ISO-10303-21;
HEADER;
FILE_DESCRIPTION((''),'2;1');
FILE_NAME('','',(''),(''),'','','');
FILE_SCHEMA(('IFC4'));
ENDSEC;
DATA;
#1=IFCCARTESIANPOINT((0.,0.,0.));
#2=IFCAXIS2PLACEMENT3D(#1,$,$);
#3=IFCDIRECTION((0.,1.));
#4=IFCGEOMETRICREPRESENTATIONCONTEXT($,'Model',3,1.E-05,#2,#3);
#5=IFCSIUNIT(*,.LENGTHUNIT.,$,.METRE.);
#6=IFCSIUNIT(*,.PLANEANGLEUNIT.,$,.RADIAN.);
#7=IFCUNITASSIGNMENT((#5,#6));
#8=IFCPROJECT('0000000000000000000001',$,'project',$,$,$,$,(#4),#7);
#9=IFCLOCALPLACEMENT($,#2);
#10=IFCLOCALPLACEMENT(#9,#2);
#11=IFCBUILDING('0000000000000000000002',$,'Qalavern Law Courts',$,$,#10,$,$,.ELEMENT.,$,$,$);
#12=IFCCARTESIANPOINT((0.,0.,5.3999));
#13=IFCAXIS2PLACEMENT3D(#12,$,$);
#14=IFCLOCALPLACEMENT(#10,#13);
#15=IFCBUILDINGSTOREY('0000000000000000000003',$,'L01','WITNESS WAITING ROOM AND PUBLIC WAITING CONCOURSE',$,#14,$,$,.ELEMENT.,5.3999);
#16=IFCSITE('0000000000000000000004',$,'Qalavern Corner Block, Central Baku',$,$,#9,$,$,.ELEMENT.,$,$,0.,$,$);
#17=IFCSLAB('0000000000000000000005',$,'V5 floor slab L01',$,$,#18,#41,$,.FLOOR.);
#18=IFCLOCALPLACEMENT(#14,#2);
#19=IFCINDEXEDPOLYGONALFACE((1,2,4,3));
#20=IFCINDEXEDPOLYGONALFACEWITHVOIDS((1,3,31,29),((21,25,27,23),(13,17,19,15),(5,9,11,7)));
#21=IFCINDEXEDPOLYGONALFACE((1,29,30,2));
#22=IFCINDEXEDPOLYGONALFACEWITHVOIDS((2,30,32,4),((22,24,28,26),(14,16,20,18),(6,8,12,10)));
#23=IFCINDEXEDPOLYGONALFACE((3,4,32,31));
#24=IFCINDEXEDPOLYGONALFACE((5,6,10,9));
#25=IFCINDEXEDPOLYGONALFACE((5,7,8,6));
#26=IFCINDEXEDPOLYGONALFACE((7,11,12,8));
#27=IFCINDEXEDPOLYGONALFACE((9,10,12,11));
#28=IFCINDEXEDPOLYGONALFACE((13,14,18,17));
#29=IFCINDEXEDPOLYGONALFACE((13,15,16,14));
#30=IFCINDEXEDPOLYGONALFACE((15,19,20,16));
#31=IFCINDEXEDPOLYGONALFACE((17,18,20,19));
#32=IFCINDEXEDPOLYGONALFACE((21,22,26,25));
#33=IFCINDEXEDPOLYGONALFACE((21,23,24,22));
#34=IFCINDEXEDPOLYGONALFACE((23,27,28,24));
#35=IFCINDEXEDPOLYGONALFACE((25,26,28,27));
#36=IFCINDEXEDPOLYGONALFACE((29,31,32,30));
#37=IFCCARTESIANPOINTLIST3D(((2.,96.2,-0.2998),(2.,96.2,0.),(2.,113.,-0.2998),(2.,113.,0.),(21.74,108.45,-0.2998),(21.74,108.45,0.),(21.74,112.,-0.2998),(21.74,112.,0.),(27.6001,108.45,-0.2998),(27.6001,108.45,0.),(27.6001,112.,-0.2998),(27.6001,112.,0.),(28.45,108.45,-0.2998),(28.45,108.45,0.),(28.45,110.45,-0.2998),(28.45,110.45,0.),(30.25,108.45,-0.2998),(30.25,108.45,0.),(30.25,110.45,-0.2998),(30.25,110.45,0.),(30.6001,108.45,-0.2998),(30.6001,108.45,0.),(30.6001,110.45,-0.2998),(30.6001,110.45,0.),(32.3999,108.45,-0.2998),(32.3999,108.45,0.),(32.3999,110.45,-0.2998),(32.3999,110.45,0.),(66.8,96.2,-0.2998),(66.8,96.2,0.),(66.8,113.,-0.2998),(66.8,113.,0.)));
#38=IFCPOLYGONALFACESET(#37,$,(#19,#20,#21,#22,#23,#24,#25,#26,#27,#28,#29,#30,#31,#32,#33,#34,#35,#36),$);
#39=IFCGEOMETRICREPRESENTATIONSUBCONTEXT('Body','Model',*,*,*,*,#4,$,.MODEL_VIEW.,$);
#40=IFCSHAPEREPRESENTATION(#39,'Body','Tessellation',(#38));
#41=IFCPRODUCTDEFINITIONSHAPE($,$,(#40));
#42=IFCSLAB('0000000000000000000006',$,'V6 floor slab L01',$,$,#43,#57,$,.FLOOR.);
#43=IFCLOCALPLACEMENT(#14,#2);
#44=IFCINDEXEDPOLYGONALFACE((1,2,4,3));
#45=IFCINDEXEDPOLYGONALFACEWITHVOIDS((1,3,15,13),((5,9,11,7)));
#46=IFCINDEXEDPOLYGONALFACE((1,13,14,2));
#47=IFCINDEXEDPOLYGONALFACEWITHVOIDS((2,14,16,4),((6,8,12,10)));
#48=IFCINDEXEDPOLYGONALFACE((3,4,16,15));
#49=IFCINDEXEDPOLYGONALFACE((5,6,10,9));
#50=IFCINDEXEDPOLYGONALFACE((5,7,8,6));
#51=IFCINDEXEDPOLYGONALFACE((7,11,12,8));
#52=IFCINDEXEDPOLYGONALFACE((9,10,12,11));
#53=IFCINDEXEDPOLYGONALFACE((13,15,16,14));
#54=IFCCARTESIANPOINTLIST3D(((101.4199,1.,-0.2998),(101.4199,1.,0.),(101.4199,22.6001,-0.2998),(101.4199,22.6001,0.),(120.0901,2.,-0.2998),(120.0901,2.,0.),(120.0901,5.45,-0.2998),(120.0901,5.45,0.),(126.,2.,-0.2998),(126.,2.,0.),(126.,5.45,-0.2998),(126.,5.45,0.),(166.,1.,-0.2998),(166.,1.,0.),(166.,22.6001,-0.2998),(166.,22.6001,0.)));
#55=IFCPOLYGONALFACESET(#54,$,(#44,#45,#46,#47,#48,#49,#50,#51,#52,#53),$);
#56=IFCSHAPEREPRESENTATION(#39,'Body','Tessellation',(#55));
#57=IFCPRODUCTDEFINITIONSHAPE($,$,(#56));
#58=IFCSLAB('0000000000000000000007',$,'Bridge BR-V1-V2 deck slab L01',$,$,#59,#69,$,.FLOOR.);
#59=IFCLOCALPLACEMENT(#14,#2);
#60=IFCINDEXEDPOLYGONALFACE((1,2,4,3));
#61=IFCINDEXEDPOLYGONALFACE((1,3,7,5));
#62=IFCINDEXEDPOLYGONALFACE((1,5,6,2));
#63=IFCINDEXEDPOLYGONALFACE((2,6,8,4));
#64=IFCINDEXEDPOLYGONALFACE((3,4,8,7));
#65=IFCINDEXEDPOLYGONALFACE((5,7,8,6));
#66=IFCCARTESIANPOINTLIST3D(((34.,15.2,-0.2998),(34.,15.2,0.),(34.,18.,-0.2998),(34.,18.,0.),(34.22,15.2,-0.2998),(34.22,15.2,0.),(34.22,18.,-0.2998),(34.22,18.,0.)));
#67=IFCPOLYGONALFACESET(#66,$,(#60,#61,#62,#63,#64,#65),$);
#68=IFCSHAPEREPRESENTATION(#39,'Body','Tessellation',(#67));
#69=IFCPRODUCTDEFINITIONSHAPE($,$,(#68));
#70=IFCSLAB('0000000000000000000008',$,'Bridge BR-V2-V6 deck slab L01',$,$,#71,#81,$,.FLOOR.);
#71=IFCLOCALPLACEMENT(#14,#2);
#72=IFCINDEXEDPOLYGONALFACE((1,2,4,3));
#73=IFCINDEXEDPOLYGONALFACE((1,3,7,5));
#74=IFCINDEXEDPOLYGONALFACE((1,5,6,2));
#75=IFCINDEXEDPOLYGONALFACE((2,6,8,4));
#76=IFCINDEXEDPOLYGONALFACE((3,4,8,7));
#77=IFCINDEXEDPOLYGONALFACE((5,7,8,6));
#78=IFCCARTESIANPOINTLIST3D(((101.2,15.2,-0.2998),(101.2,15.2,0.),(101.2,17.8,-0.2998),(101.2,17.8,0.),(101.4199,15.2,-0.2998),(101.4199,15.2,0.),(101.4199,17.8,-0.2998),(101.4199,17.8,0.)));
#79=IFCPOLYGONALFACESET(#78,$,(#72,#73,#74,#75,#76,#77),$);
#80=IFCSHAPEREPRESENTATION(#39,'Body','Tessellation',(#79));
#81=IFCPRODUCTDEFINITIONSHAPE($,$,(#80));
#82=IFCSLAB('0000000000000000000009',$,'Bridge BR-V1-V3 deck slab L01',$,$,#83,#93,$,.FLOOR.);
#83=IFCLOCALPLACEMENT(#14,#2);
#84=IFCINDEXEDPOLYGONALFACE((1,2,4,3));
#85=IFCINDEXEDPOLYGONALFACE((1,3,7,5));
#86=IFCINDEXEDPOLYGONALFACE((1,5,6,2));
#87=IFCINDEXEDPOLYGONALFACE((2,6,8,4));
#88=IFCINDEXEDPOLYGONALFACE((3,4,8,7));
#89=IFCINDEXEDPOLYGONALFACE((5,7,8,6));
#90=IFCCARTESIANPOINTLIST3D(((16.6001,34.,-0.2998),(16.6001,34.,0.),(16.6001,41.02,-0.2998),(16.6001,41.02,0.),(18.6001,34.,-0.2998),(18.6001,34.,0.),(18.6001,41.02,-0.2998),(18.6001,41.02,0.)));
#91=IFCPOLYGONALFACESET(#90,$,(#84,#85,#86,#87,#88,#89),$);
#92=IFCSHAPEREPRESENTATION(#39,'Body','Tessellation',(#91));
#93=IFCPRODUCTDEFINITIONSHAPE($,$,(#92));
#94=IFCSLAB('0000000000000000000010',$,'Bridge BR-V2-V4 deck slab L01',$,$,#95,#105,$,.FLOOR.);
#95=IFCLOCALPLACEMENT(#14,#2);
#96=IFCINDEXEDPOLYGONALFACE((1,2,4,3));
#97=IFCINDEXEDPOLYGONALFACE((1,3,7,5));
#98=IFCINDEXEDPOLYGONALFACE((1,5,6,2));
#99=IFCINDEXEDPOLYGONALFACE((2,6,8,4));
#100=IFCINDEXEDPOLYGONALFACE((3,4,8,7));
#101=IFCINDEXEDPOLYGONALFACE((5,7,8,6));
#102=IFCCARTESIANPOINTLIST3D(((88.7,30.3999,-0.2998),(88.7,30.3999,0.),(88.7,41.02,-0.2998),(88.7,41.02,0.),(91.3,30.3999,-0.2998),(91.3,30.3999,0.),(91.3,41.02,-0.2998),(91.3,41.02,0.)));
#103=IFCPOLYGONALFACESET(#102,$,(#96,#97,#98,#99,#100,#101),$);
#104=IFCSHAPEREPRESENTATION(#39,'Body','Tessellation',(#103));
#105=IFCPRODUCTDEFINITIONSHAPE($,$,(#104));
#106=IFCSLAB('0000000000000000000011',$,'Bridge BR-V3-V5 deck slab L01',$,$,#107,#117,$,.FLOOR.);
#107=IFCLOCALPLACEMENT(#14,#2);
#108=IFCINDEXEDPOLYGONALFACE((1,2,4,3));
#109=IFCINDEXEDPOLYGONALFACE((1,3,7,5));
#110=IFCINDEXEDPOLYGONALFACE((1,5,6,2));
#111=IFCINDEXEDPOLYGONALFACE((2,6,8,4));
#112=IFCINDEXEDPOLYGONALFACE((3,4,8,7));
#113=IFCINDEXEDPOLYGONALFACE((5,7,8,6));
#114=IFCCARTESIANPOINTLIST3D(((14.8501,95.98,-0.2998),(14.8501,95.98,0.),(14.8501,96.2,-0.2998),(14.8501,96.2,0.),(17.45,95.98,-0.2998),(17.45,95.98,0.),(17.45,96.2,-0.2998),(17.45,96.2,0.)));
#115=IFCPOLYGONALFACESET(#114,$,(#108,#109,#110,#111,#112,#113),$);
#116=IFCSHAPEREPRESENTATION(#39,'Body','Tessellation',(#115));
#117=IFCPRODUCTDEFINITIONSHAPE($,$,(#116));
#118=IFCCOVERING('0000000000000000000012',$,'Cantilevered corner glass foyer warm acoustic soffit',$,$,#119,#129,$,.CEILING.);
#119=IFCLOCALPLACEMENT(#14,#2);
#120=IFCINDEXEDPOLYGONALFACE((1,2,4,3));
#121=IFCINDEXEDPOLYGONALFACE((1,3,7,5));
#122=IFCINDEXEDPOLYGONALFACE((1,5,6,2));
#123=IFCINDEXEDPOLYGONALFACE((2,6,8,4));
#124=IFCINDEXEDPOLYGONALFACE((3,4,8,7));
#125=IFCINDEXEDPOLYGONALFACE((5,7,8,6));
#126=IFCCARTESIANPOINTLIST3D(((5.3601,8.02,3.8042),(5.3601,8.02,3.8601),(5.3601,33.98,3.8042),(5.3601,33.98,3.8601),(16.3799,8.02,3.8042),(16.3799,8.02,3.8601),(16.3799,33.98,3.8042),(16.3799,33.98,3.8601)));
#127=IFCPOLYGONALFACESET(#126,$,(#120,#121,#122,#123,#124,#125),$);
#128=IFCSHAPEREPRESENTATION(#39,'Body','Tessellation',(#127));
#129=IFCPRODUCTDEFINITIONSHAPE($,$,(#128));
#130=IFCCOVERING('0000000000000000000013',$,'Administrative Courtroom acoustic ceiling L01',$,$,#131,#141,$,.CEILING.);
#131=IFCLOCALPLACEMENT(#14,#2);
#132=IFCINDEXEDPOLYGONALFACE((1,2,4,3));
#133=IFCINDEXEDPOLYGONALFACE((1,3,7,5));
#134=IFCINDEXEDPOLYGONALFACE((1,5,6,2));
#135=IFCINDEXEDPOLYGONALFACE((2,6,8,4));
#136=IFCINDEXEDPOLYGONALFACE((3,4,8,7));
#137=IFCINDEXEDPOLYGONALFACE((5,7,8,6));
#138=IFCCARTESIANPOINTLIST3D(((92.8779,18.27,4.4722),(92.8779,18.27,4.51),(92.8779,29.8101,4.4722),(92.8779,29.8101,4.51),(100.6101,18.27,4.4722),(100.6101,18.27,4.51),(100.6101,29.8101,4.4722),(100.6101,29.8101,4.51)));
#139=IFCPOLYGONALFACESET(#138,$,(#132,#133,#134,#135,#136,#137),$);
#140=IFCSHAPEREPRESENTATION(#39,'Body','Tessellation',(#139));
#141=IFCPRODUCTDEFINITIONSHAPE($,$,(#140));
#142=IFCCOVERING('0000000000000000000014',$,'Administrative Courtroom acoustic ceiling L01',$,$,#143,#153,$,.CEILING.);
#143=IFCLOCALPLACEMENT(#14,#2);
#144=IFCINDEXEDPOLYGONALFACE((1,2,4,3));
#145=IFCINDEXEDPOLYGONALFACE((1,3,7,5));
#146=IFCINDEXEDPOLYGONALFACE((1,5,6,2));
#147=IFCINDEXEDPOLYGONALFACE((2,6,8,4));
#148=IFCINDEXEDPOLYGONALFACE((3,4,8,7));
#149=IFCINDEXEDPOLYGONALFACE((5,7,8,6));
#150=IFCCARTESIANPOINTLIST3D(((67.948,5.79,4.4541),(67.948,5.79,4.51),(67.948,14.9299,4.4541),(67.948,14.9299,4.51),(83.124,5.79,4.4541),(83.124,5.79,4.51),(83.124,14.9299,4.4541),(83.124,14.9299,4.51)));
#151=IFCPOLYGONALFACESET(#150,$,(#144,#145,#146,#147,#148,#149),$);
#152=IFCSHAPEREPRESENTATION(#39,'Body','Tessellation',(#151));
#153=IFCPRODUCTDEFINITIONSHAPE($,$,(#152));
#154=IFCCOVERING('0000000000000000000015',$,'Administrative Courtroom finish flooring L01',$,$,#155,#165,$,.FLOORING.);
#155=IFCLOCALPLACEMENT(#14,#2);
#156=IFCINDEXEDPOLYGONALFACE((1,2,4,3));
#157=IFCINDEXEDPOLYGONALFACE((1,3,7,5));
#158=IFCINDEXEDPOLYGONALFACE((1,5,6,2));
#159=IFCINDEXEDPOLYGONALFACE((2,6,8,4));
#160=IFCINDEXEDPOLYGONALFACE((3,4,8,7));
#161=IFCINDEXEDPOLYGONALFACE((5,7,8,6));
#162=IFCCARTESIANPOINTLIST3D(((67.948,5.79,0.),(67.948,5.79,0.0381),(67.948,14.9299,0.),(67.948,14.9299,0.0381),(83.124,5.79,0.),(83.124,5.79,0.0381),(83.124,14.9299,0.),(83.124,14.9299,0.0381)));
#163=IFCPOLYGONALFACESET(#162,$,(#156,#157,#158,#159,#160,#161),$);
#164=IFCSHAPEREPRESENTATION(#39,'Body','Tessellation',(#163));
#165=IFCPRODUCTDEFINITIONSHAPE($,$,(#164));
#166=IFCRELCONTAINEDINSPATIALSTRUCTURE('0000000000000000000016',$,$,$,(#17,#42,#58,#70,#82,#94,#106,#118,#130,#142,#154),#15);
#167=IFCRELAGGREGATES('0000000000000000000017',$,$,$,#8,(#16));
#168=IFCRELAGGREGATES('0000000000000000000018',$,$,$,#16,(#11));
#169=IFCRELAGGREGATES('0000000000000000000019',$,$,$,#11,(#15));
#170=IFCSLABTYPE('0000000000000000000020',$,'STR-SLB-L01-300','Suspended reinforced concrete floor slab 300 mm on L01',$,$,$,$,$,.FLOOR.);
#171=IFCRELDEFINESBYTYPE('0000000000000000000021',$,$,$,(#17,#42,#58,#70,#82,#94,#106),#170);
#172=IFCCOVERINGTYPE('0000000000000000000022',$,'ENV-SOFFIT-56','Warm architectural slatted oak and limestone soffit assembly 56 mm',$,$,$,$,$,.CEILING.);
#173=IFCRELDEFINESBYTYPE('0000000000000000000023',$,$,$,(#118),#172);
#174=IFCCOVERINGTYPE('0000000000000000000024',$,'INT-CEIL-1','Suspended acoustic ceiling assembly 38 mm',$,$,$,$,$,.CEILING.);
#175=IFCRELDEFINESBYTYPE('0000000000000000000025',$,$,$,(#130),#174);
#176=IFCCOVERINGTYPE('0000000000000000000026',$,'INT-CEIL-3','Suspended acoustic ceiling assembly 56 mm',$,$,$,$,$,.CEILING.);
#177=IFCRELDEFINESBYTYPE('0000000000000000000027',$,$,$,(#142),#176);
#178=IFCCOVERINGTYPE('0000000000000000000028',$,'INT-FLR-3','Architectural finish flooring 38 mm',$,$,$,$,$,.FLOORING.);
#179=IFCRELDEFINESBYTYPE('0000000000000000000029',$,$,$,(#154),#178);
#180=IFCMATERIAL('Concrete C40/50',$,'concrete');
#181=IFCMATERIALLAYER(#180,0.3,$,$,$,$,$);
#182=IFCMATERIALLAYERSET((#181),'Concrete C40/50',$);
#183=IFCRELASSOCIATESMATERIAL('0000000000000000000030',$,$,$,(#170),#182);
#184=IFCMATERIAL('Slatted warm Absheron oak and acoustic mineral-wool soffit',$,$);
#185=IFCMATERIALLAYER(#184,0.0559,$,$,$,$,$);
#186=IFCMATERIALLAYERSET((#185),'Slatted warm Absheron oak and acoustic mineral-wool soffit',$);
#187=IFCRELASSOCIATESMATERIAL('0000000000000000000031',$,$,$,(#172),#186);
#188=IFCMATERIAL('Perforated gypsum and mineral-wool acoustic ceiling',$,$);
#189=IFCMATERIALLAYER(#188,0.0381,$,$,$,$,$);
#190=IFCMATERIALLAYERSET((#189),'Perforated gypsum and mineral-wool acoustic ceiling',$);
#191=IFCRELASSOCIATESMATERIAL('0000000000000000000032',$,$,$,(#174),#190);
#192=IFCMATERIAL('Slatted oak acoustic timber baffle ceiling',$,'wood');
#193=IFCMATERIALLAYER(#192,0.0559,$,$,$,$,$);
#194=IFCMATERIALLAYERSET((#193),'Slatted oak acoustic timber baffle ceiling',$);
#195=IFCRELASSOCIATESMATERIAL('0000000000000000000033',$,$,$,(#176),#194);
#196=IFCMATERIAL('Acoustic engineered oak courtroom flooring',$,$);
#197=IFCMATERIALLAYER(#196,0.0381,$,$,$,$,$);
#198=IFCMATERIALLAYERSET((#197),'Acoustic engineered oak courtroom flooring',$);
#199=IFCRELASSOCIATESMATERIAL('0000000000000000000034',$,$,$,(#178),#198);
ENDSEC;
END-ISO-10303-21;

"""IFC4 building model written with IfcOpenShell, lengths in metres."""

from ifc_helpers import new_model, si_unit, direction, frame, origin, place, context, subcontext, project, spatial, polyline, outline, extrude, material, layer, layer_set, type_object, element, save


model = new_model("IFC4")

# Units and contexts
model_context = context("Model", 3, precision=1e-05, world=origin(), true_north=direction((0.0, 1.0)))
body_context = subcontext(model_context, "Body", "Model", "MODEL_VIEW")
ifc_project = project(units=[si_unit("LENGTHUNIT", "METRE"), si_unit("PLANEANGLEUNIT", "RADIAN")], contexts=[model_context])

# Site, building, storey
site_placement = place(None, origin())
site = spatial("IfcSite", under=ifc_project, at=site_placement, Name="Qalavern Corner Block, Central Baku", CompositionType="ELEMENT", RefElevation=0.0)
building_placement = place(site_placement, origin())
building = spatial("IfcBuilding", under=site, at=building_placement, Name="Qalavern Law Courts", CompositionType="ELEMENT")
storey_placement = place(building_placement, frame((0.0, 0.0, 5.3999)))
storey = spatial("IfcBuildingStorey", under=building, at=storey_placement, Name="L01", Description="WITNESS WAITING ROOM AND PUBLIC WAITING CONCOURSE", CompositionType="ELEMENT", Elevation=5.3999)

# Slabs
ifc_material_1 = material(Name="Concrete C40/50", Category="concrete")
ifc_layer_1 = layer(ifc_material_1, 0.3)
ifc_layer_set_1 = layer_set([ifc_layer_1], Name="Concrete C40/50")
slab_type_1 = type_object("IfcSlabType", Name="STR-SLB-L01-300", Description="Suspended reinforced concrete floor slab 300 mm on L01", PredefinedType="FLOOR", material=ifc_layer_set_1)
slab_1_placement = place(storey_placement, frame((0.0, 0.0, -0.2998)))
element("IfcSlab", 1, at=slab_1_placement, inside=storey, type_object=slab_type_1, Name="V5 floor slab L01", PredefinedType="FLOOR", context=body_context, shape_type="SweptSolid", body=[
    extrude(outline(polyline([(2.0, 96.2), (66.8, 96.2), (66.8, 113.0), (2.0, 113.0), (2.0, 96.2)]), holes=[polyline([(21.74, 108.45), (27.6001, 108.45), (27.6001, 112.0), (21.74, 112.0), (21.74, 108.45)]), polyline([(28.45, 108.45), (30.25, 108.45), (30.25, 110.45), (28.45, 110.45), (28.45, 108.45)]), polyline([(30.6001, 108.45), (32.3999, 108.45), (32.3999, 110.45), (30.6001, 110.45), (30.6001, 108.45)])]), origin(), (0.0, 0.0, 1.0), 0.2998),
])
slab_2_placement = place(storey_placement, frame((0.0, 0.0, -0.2998)))
element("IfcSlab", 2, at=slab_2_placement, inside=storey, type_object=slab_type_1, Name="V6 floor slab L01", PredefinedType="FLOOR", context=body_context, shape_type="SweptSolid", body=[
    extrude(outline(polyline([(101.4199, 1.0), (166.0, 1.0), (166.0, 22.6001), (101.4199, 22.6001), (101.4199, 1.0)]), holes=[polyline([(120.0901, 2.0), (126.0, 2.0), (126.0, 5.45), (120.0901, 5.45), (120.0901, 2.0)])]), origin(), (0.0, 0.0, 1.0), 0.2998),
])
slab_3_placement = place(storey_placement, frame((0.0, 0.0, -0.2998)))
element("IfcSlab", 3, at=slab_3_placement, inside=storey, type_object=slab_type_1, Name="Bridge BR-V1-V2 deck slab L01", PredefinedType="FLOOR", context=body_context, shape_type="SweptSolid", body=[
    extrude(outline(polyline([(34.0, 15.2), (34.22, 15.2), (34.22, 18.0), (34.0, 18.0), (34.0, 15.2)])), origin(), (0.0, 0.0, 1.0), 0.2998),
])
slab_4_placement = place(storey_placement, frame((0.0, 0.0, -0.2998)))
element("IfcSlab", 4, at=slab_4_placement, inside=storey, type_object=slab_type_1, Name="Bridge BR-V2-V6 deck slab L01", PredefinedType="FLOOR", context=body_context, shape_type="SweptSolid", body=[
    extrude(outline(polyline([(101.2, 15.2), (101.4199, 15.2), (101.4199, 17.8), (101.2, 17.8), (101.2, 15.2)])), origin(), (0.0, 0.0, 1.0), 0.2998),
])
slab_5_placement = place(storey_placement, frame((0.0, 0.0, -0.2998)))
element("IfcSlab", 5, at=slab_5_placement, inside=storey, type_object=slab_type_1, Name="Bridge BR-V1-V3 deck slab L01", PredefinedType="FLOOR", context=body_context, shape_type="SweptSolid", body=[
    extrude(outline(polyline([(16.6001, 34.0), (18.6001, 34.0), (18.6001, 41.02), (16.6001, 41.02), (16.6001, 34.0)])), origin(), (0.0, 0.0, 1.0), 0.2998),
])
slab_6_placement = place(storey_placement, frame((0.0, 0.0, -0.2998)))
element("IfcSlab", 6, at=slab_6_placement, inside=storey, type_object=slab_type_1, Name="Bridge BR-V2-V4 deck slab L01", PredefinedType="FLOOR", context=body_context, shape_type="SweptSolid", body=[
    extrude(outline(polyline([(88.7, 30.3999), (91.3, 30.3999), (91.3, 41.02), (88.7, 41.02), (88.7, 30.3999)])), origin(), (0.0, 0.0, 1.0), 0.2998),
])
slab_7_placement = place(storey_placement, frame((0.0, 0.0, -0.2998)))
element("IfcSlab", 7, at=slab_7_placement, inside=storey, type_object=slab_type_1, Name="Bridge BR-V3-V5 deck slab L01", PredefinedType="FLOOR", context=body_context, shape_type="SweptSolid", body=[
    extrude(outline(polyline([(14.8501, 95.98), (17.45, 95.98), (17.45, 96.2), (14.8501, 96.2), (14.8501, 95.98)])), origin(), (0.0, 0.0, 1.0), 0.2998),
])

# Coverings
ifc_material_2 = material(Name="Slatted warm Absheron oak and acoustic mineral-wool soffit")
ifc_layer_2 = layer(ifc_material_2, 0.0559)
ifc_layer_set_2 = layer_set([ifc_layer_2], Name="Slatted warm Absheron oak and acoustic mineral-wool soffit")
covering_type_1 = type_object("IfcCoveringType", Name="ENV-SOFFIT-56", Description="Warm architectural slatted oak and limestone soffit assembly 56 mm", PredefinedType="CEILING", material=ifc_layer_set_2)
covering_1_placement = place(storey_placement, frame((0.0, 0.0, 3.8042)))
element("IfcCovering", 8, at=covering_1_placement, inside=storey, type_object=covering_type_1, Name="Cantilevered corner glass foyer warm acoustic soffit", PredefinedType="CEILING", context=body_context, shape_type="SweptSolid", body=[
    extrude(outline(polyline([(5.3601, 8.02), (16.3799, 8.02), (16.3799, 33.98), (5.3601, 33.98), (5.3601, 8.02)])), origin(), (0.0, 0.0, 1.0), 0.0559),
])
ifc_material_3 = material(Name="Perforated gypsum and mineral-wool acoustic ceiling")
ifc_layer_3 = layer(ifc_material_3, 0.0381)
ifc_layer_set_3 = layer_set([ifc_layer_3], Name="Perforated gypsum and mineral-wool acoustic ceiling")
covering_type_2 = type_object("IfcCoveringType", Name="INT-CEIL-1", Description="Suspended acoustic ceiling assembly 38 mm", PredefinedType="CEILING", material=ifc_layer_set_3)
covering_2_placement = place(storey_placement, frame((0.0, 0.0, 4.4722)))
element("IfcCovering", 9, at=covering_2_placement, inside=storey, type_object=covering_type_2, Name="Administrative Courtroom acoustic ceiling L01", PredefinedType="CEILING", context=body_context, shape_type="SweptSolid", body=[
    extrude(outline(polyline([(92.8779, 18.27), (100.6101, 18.27), (100.6101, 29.8101), (92.8779, 29.8101), (92.8779, 18.27)])), origin(), (0.0, 0.0, 1.0), 0.0378),
])
ifc_material_4 = material(Name="Slatted oak acoustic timber baffle ceiling", Category="wood")
ifc_layer_4 = layer(ifc_material_4, 0.0559)
ifc_layer_set_4 = layer_set([ifc_layer_4], Name="Slatted oak acoustic timber baffle ceiling")
covering_type_3 = type_object("IfcCoveringType", Name="INT-CEIL-3", Description="Suspended acoustic ceiling assembly 56 mm", PredefinedType="CEILING", material=ifc_layer_set_4)
covering_3_placement = place(storey_placement, frame((0.0, 0.0, 4.4541)))
element("IfcCovering", 10, at=covering_3_placement, inside=storey, type_object=covering_type_3, Name="Administrative Courtroom acoustic ceiling L01", PredefinedType="CEILING", context=body_context, shape_type="SweptSolid", body=[
    extrude(outline(polyline([(67.948, 5.79), (83.124, 5.79), (83.124, 14.9299), (67.948, 14.9299), (67.948, 5.79)])), origin(), (0.0, 0.0, 1.0), 0.0559),
])
ifc_material_5 = material(Name="Acoustic engineered oak courtroom flooring")
ifc_layer_5 = layer(ifc_material_5, 0.0381)
ifc_layer_set_5 = layer_set([ifc_layer_5], Name="Acoustic engineered oak courtroom flooring")
covering_type_4 = type_object("IfcCoveringType", Name="INT-FLR-3", Description="Architectural finish flooring 38 mm", PredefinedType="FLOORING", material=ifc_layer_set_5)
covering_4_placement = place(storey_placement, origin())
element("IfcCovering", 11, at=covering_4_placement, inside=storey, type_object=covering_type_4, Name="Administrative Courtroom finish flooring L01", PredefinedType="FLOORING", context=body_context, shape_type="SweptSolid", body=[
    extrude(outline(polyline([(67.948, 5.79), (83.124, 5.79), (83.124, 14.9299), (67.948, 14.9299), (67.948, 5.79)])), origin(), (0.0, 0.0, 1.0), 0.0381),
])

save(model, "model.ifc")
